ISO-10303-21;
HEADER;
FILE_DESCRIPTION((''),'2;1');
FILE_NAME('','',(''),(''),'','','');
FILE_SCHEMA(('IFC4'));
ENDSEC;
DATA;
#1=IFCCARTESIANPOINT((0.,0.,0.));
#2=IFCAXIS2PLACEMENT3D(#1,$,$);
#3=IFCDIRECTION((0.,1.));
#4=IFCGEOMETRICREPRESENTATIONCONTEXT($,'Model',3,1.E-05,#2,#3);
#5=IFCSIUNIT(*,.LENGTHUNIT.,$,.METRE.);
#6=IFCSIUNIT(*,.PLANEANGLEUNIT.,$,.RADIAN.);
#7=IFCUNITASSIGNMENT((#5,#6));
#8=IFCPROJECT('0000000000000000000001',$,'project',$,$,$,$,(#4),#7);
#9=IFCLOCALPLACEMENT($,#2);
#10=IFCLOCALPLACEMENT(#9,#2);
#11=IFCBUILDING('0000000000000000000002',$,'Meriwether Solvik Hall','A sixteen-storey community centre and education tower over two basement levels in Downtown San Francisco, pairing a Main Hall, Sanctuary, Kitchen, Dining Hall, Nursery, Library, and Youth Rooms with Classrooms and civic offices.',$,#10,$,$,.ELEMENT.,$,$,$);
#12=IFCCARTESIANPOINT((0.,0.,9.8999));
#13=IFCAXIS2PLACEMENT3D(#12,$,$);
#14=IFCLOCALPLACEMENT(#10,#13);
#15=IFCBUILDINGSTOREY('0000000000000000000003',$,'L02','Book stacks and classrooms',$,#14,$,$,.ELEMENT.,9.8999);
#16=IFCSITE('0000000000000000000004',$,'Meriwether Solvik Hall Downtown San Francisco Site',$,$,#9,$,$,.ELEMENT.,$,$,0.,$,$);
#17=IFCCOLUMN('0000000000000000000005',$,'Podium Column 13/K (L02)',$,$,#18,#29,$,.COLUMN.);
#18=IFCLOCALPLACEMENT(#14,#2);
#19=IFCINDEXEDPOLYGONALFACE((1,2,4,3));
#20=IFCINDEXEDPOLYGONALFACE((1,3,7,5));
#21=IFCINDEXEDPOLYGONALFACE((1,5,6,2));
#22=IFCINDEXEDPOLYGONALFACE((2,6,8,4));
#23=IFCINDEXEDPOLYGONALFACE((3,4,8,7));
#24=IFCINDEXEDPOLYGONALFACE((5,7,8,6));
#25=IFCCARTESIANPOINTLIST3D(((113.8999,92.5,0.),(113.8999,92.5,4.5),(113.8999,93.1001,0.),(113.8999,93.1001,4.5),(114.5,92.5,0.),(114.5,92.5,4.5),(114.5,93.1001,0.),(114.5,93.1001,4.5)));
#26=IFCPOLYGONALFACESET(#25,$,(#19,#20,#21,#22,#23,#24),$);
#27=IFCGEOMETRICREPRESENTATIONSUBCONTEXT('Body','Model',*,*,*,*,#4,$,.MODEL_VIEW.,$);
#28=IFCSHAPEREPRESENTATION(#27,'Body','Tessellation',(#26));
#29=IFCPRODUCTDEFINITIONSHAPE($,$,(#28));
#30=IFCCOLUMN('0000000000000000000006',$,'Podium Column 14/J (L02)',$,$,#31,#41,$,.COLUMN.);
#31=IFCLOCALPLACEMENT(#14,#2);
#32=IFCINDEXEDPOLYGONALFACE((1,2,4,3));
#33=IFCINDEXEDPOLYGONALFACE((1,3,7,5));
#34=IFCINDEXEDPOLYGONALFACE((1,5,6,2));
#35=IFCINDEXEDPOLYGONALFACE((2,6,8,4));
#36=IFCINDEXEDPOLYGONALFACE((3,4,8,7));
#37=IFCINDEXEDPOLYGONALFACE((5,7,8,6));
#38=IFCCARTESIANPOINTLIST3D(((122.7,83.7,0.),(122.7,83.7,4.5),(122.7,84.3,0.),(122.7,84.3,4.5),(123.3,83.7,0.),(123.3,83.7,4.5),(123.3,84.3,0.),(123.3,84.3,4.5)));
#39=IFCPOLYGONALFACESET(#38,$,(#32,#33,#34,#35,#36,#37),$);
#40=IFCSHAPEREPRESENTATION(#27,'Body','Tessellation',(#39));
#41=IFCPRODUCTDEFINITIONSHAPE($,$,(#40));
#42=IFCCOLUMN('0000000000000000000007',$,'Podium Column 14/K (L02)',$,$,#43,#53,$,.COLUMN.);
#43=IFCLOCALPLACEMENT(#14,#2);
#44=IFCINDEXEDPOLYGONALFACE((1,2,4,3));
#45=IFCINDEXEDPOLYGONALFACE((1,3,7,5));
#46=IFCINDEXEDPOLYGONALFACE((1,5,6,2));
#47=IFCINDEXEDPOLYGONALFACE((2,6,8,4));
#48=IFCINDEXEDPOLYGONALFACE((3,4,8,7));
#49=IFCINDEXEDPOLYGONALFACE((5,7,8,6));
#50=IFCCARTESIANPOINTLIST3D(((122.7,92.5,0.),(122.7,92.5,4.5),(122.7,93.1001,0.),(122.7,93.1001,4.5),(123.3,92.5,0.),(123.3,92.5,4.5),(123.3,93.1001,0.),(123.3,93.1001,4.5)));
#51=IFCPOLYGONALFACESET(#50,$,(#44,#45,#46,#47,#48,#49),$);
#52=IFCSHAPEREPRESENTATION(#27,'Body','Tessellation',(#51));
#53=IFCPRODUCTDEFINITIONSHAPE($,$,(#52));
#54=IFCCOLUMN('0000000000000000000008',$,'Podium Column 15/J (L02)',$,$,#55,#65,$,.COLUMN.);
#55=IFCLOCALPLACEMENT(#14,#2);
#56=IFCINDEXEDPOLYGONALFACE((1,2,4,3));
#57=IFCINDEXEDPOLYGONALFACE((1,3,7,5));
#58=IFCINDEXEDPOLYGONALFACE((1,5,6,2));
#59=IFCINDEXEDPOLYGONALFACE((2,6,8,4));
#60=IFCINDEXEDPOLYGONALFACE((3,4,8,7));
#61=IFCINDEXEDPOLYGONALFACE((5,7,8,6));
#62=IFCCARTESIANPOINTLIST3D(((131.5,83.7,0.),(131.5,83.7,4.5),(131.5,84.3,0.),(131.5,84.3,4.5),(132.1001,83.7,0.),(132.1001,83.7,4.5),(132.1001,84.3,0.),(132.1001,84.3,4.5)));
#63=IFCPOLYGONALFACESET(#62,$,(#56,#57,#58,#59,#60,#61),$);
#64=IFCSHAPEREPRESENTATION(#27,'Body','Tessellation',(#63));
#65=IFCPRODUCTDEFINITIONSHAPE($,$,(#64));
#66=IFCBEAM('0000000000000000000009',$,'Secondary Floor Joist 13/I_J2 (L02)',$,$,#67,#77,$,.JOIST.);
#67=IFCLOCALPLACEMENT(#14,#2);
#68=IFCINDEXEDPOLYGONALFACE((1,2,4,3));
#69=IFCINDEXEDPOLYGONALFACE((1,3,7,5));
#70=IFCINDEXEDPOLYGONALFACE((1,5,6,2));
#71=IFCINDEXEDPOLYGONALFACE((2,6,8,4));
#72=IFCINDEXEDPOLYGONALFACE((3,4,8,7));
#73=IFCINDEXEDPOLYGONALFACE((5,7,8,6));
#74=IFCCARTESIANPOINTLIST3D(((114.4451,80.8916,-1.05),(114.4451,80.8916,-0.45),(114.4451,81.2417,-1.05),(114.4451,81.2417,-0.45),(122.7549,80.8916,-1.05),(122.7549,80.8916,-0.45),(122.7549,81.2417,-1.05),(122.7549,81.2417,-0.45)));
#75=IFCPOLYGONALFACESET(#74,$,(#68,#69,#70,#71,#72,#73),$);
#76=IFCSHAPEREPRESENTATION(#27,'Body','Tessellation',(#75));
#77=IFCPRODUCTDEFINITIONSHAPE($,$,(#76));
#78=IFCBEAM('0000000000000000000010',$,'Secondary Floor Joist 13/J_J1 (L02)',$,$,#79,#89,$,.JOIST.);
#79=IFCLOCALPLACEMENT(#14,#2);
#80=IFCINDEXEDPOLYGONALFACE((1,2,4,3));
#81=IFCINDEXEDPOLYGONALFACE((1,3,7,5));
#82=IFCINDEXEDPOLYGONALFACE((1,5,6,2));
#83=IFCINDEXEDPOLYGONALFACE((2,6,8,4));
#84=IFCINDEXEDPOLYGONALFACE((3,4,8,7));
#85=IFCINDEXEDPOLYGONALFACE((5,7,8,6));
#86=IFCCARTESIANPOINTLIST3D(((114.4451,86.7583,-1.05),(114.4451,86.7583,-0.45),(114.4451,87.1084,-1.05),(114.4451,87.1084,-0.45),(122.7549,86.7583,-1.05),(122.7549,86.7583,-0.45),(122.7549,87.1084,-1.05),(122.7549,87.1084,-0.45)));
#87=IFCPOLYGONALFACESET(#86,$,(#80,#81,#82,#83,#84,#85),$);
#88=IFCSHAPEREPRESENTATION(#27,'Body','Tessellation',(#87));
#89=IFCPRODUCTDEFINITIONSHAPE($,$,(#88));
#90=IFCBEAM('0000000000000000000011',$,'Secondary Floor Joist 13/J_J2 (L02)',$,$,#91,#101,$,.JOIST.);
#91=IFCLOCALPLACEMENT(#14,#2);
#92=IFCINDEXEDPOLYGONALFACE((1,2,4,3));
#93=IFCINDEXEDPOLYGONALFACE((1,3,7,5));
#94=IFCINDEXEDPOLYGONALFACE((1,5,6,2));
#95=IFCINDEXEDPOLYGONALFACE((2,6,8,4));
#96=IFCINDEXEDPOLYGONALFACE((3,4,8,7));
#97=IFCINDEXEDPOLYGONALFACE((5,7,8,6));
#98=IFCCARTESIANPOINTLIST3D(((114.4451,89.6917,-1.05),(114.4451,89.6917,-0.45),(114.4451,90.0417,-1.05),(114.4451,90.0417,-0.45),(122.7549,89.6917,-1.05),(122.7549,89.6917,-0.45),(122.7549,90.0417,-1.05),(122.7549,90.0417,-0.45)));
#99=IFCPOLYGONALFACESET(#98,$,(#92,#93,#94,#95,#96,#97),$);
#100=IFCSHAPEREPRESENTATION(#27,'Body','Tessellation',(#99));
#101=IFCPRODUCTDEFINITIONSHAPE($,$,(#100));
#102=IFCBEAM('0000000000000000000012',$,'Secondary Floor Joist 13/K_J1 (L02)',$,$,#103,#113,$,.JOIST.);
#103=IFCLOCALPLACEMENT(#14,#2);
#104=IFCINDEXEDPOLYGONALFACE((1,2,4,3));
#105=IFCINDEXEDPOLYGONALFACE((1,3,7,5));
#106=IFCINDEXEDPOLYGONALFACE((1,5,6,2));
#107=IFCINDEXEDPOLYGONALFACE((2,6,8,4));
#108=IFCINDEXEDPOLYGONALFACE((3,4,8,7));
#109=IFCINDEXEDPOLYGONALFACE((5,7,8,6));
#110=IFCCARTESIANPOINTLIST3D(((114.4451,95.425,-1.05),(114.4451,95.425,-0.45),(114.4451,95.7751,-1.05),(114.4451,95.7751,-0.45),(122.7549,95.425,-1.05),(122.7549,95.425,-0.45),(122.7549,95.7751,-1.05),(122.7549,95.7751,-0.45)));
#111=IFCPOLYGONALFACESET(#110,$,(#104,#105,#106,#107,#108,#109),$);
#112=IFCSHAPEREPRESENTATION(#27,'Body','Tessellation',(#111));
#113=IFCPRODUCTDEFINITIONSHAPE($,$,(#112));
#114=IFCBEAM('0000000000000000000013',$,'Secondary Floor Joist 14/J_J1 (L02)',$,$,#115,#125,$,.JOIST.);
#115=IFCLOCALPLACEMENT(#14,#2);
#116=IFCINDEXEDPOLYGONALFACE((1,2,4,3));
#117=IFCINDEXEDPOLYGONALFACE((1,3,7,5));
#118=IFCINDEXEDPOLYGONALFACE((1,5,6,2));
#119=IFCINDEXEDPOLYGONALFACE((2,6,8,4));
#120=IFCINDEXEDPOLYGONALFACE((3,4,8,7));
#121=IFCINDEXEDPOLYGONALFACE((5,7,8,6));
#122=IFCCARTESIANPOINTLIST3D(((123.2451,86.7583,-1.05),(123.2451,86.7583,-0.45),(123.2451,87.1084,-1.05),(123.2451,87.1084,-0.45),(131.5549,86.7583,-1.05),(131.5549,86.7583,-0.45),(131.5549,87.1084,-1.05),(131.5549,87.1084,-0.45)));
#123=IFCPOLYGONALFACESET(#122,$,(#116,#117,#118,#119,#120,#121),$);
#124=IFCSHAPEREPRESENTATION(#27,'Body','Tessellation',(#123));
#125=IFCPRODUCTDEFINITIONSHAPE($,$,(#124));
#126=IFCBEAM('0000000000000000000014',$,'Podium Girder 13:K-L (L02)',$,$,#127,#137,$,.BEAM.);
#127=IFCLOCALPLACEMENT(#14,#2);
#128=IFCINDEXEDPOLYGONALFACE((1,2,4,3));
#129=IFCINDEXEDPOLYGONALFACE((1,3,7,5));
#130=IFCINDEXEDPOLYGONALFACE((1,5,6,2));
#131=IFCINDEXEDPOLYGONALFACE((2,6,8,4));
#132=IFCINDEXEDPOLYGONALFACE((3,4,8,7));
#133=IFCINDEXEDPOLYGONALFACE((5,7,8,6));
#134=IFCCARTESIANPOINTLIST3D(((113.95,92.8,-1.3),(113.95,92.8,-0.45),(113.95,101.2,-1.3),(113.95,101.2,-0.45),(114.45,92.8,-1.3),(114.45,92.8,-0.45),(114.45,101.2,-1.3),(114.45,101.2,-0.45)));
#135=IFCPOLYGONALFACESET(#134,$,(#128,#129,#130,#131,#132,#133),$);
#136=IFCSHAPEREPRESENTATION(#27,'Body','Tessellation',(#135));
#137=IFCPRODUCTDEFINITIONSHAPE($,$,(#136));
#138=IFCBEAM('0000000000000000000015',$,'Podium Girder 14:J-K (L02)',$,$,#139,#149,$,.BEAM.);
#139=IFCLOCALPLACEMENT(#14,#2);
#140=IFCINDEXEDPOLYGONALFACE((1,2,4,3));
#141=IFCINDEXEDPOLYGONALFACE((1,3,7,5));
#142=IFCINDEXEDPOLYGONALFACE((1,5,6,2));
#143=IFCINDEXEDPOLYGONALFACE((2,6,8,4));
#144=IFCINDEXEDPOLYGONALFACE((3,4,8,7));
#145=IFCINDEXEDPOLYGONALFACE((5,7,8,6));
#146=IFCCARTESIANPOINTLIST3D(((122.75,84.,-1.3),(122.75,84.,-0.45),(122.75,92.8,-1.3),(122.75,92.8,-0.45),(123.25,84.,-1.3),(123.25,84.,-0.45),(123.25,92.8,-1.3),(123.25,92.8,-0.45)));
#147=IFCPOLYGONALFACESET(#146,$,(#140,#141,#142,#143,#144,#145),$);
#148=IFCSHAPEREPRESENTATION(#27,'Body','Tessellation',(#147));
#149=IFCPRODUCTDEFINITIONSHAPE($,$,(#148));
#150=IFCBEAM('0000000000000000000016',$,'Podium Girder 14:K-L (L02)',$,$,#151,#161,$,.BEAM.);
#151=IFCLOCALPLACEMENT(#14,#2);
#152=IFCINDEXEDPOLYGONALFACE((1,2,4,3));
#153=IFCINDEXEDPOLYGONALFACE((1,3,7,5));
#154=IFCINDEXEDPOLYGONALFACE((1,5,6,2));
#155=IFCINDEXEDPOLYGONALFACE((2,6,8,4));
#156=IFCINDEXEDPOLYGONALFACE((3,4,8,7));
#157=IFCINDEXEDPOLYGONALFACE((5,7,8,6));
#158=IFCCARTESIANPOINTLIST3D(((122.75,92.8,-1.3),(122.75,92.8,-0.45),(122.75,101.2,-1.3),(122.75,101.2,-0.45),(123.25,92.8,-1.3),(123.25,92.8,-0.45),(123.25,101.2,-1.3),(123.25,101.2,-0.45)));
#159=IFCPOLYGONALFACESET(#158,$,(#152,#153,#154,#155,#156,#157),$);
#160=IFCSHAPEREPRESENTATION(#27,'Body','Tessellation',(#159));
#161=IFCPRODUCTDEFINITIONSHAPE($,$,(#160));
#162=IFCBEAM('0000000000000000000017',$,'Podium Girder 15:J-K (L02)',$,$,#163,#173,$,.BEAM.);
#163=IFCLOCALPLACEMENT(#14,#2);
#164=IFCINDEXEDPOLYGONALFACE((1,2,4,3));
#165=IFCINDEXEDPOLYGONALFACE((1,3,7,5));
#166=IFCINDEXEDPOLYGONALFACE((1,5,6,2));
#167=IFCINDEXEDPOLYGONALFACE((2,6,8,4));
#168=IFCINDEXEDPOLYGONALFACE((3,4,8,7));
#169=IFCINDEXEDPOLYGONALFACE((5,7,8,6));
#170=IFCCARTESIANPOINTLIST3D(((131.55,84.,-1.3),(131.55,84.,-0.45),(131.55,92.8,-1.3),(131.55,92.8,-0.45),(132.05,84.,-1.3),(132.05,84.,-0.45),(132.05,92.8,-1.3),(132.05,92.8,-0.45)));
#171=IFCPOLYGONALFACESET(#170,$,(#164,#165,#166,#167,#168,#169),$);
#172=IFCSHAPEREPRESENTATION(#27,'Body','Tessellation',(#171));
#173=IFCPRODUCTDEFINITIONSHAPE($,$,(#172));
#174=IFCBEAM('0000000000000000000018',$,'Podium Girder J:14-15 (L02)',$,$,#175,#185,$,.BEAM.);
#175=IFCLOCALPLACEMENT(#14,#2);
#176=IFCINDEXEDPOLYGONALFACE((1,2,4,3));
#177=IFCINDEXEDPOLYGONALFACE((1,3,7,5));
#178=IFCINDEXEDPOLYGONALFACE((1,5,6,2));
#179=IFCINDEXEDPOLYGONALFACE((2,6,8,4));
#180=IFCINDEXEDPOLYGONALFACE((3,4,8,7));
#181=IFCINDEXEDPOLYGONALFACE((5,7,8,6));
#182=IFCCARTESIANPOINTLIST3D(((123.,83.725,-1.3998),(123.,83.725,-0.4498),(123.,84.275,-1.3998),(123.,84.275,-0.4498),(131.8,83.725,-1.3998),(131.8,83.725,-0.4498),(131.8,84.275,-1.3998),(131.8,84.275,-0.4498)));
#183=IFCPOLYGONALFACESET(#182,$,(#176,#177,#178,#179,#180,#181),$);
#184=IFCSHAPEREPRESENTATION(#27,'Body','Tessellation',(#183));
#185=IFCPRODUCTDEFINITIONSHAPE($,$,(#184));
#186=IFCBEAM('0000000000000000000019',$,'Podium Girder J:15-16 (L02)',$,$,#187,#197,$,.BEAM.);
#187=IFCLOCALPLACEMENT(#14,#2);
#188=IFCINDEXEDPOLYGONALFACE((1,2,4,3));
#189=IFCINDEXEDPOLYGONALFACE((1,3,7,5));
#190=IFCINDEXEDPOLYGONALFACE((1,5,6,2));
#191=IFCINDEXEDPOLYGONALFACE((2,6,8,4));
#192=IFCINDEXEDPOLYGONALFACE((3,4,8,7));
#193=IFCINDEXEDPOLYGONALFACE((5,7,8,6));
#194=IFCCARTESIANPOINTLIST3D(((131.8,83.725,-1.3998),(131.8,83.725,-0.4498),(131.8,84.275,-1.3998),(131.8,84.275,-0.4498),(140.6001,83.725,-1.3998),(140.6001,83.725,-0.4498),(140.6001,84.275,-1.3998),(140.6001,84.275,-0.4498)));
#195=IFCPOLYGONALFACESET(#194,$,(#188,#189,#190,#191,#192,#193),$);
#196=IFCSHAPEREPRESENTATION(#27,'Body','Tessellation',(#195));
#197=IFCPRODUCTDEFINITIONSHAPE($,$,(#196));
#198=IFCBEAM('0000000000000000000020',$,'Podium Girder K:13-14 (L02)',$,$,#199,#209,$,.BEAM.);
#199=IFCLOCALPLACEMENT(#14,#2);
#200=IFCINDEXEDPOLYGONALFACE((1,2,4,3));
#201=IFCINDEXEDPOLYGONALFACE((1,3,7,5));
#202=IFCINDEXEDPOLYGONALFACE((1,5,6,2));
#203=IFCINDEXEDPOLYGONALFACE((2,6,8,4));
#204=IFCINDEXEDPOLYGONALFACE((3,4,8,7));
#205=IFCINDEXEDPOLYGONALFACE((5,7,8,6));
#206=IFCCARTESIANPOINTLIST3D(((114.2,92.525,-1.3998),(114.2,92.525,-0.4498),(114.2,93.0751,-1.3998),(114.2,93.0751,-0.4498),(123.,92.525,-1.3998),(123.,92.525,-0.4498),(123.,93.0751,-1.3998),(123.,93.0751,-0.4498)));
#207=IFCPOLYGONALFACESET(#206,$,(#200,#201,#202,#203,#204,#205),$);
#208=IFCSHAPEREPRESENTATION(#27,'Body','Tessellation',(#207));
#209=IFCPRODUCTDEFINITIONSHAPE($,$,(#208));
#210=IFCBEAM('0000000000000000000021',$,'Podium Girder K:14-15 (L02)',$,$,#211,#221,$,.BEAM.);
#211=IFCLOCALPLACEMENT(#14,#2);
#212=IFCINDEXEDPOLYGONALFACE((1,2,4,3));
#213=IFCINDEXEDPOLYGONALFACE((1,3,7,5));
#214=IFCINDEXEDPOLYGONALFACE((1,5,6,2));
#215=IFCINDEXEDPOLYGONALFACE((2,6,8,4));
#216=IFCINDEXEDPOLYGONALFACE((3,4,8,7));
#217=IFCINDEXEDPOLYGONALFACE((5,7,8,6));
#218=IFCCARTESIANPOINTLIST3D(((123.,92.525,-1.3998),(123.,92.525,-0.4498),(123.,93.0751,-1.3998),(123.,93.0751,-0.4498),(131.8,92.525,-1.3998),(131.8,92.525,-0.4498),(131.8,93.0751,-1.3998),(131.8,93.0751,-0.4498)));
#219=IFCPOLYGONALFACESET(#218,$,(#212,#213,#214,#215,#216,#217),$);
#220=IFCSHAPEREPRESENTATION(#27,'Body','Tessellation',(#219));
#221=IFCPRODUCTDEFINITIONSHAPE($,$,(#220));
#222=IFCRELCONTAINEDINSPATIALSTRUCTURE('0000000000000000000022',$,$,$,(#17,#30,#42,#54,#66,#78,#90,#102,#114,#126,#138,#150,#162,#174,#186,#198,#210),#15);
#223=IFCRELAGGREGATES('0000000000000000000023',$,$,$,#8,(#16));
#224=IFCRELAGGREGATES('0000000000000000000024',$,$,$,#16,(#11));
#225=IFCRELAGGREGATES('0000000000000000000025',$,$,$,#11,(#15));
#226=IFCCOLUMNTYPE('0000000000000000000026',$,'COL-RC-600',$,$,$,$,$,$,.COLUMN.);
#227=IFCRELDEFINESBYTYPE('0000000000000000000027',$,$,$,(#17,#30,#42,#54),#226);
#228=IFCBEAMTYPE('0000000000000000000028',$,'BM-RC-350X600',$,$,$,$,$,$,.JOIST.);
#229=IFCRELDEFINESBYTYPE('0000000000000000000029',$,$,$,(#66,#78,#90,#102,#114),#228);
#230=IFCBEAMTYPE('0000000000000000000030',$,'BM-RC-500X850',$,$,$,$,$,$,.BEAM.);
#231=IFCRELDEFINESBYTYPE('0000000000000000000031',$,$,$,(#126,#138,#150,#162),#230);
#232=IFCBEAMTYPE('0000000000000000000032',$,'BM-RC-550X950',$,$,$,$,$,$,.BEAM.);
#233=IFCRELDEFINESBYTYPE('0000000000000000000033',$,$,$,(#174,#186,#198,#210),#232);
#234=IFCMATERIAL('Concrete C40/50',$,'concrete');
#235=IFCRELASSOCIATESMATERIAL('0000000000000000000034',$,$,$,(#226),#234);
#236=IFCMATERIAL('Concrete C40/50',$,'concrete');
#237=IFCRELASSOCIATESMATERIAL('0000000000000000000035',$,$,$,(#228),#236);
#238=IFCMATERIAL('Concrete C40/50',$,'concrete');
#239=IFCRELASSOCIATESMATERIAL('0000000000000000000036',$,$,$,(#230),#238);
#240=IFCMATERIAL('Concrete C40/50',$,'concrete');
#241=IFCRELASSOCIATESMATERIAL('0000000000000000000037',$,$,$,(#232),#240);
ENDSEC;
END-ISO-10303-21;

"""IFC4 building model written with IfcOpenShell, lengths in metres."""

from ifc_helpers import new_model, si_unit, direction, frame, origin, origin_2d, place, context, subcontext, project, spatial, rectangle, extrude, material, material_profile, profile_set, type_object, element, save


model = new_model("IFC4")

# Units and contexts
model_context = context("Model", 3, precision=1e-05, world=origin(), true_north=direction((0.0, 1.0)))
body_context = subcontext(model_context, "Body", "Model", "MODEL_VIEW")
ifc_project = project(units=[si_unit("LENGTHUNIT", "METRE"), si_unit("PLANEANGLEUNIT", "RADIAN")], contexts=[model_context])

# Site, building, storey
site_placement = place(None, origin())
site = spatial("IfcSite", under=ifc_project, at=site_placement, Name="Meriwether Solvik Hall Downtown San Francisco Site", CompositionType="ELEMENT", RefElevation=0.0)
building_placement = place(site_placement, origin())
building = spatial("IfcBuilding", under=site, at=building_placement, Name="Meriwether Solvik Hall", Description="A sixteen-storey community centre and education tower over two basement levels in Downtown San Francisco, pairing a Main Hall, Sanctuary, Kitchen, Dining Hall, Nursery, Library, and Youth Rooms with Classrooms and civic offices.", CompositionType="ELEMENT")
storey_placement = place(building_placement, frame((0.0, 0.0, 9.8999)))
storey = spatial("IfcBuildingStorey", under=building, at=storey_placement, Name="L02", Description="Book stacks and classrooms", CompositionType="ELEMENT", Elevation=9.8999)

# Columns
ifc_material_1 = material(Name="Concrete C40/50", Category="concrete")
ifc_material_profile_1 = material_profile(ifc_material_1, rectangle(XDim=0.6001, YDim=0.6001, at=origin_2d()), Name="RCC-600X600")
ifc_profile_set_1 = profile_set([ifc_material_profile_1], Name="Concrete C40/50")
column_type = type_object("IfcColumnType", Name="COL-RC-600", PredefinedType="COLUMN", material=ifc_profile_set_1)
for number, where, z_axis, x_axis, name in (
    (1, (114.2, 92.8, 0.0), (0.0, 0.0, 1.0), (1.0, 0.0, 0.0), "Podium Column 13/K (L02)"),
    (2, (123.0, 84.0, 0.0), (0.0, 0.0, 1.0), (1.0, 0.0, 0.0), "Podium Column 14/J (L02)"),
    (3, (123.0, 92.8, 0.0), (0.0, 0.0, 1.0), (1.0, 0.0, 0.0), "Podium Column 14/K (L02)"),
    (4, (131.8, 84.0, 0.0), (0.0, 0.0, 1.0), (1.0, 0.0, 0.0), "Podium Column 15/J (L02)"),
):
    element("IfcColumn", number, at=place(storey_placement, frame(where, z_axis=z_axis, x_axis=x_axis)), inside=storey, type_object=column_type, Name=name, PredefinedType="COLUMN", context=body_context, shape_type="SweptSolid", body=[
        extrude(rectangle(XDim=0.6001, YDim=0.6001, at=origin_2d()), origin(), (0.0, 0.0, 1.0), 4.5),
    ])

# Beams
ifc_material_2 = material(Name="Concrete C40/50", Category="concrete")
ifc_material_profile_2 = material_profile(ifc_material_2, rectangle(XDim=0.3501, YDim=0.6001, at=origin_2d()), Name="RCB-350X600")
ifc_profile_set_2 = profile_set([ifc_material_profile_2], Name="Concrete C40/50")
beam_type_1 = type_object("IfcBeamType", Name="BM-RC-350X600", PredefinedType="JOIST", material=ifc_profile_set_2)
for number, where, z_axis, x_axis, name in (
    (5, (114.4451, 81.0667, -0.75), (1.0, 0.0, 0.0), (0.0, 1.0, 0.0), "Secondary Floor Joist 13/I_J2 (L02)"),
    (6, (114.4451, 86.9333, -0.75), (1.0, 0.0, 0.0), (0.0, 1.0, 0.0), "Secondary Floor Joist 13/J_J1 (L02)"),
    (7, (114.4451, 89.8667, -0.75), (1.0, 0.0, 0.0), (0.0, 1.0, 0.0), "Secondary Floor Joist 13/J_J2 (L02)"),
    (8, (114.4451, 95.6001, -0.75), (1.0, 0.0, 0.0), (0.0, 1.0, 0.0), "Secondary Floor Joist 13/K_J1 (L02)"),
    (9, (123.2451, 86.9333, -0.75), (1.0, 0.0, 0.0), (0.0, 1.0, 0.0), "Secondary Floor Joist 14/J_J1 (L02)"),
):
    element("IfcBeam", number, at=place(storey_placement, frame(where, z_axis=z_axis, x_axis=x_axis)), inside=storey, type_object=beam_type_1, Name=name, PredefinedType="JOIST", context=body_context, shape_type="SweptSolid", body=[
        extrude(rectangle(XDim=0.3501, YDim=0.6001, at=origin_2d()), origin(), (0.0, 0.0, 1.0), 8.3098),
    ])
ifc_material_3 = material(Name="Concrete C40/50", Category="concrete")
ifc_material_profile_3 = material_profile(ifc_material_3, rectangle(XDim=0.5, YDim=0.8501, at=origin_2d()), Name="RCB-500X850")
ifc_profile_set_3 = profile_set([ifc_material_profile_3], Name="Concrete C40/50")
beam_type_2 = type_object("IfcBeamType", Name="BM-RC-500X850", PredefinedType="BEAM", material=ifc_profile_set_3)
beam_1_placement = place(storey_placement, frame((114.2, 92.8, -0.875), z_axis=(0.0, 1.0, 0.0), x_axis=(-1.0, 0.0, 0.0)))
element("IfcBeam", 10, at=beam_1_placement, inside=storey, type_object=beam_type_2, Name="Podium Girder 13:K-L (L02)", PredefinedType="BEAM", context=body_context, shape_type="SweptSolid", body=[
    extrude(rectangle(XDim=0.5, YDim=0.8501, at=origin_2d()), origin(), (0.0, 0.0, 1.0), 8.3999),
])
beam_2_placement = place(storey_placement, frame((123.0, 84.0, -0.875), z_axis=(0.0, 1.0, 0.0), x_axis=(-1.0, 0.0, 0.0)))
element("IfcBeam", 11, at=beam_2_placement, inside=storey, type_object=beam_type_2, Name="Podium Girder 14:J-K (L02)", PredefinedType="BEAM", context=body_context, shape_type="SweptSolid", body=[
    extrude(rectangle(XDim=0.5, YDim=0.8501, at=origin_2d()), origin(), (0.0, 0.0, 1.0), 8.8),
])
beam_3_placement = place(storey_placement, frame((123.0, 92.8, -0.875), z_axis=(0.0, 1.0, 0.0), x_axis=(-1.0, 0.0, 0.0)))
element("IfcBeam", 12, at=beam_3_placement, inside=storey, type_object=beam_type_2, Name="Podium Girder 14:K-L (L02)", PredefinedType="BEAM", context=body_context, shape_type="SweptSolid", body=[
    extrude(rectangle(XDim=0.5, YDim=0.8501, at=origin_2d()), origin(), (0.0, 0.0, 1.0), 8.3999),
])
beam_4_placement = place(storey_placement, frame((131.8, 84.0, -0.875), z_axis=(0.0, 1.0, 0.0), x_axis=(-1.0, 0.0, 0.0)))
element("IfcBeam", 13, at=beam_4_placement, inside=storey, type_object=beam_type_2, Name="Podium Girder 15:J-K (L02)", PredefinedType="BEAM", context=body_context, shape_type="SweptSolid", body=[
    extrude(rectangle(XDim=0.5, YDim=0.8501, at=origin_2d()), origin(), (0.0, 0.0, 1.0), 8.8),
])
ifc_material_4 = material(Name="Concrete C40/50", Category="concrete")
ifc_material_profile_4 = material_profile(ifc_material_4, rectangle(XDim=0.55, YDim=0.95, at=origin_2d()), Name="RCB-550X950")
ifc_profile_set_4 = profile_set([ifc_material_profile_4], Name="Concrete C40/50")
beam_type_3 = type_object("IfcBeamType", Name="BM-RC-550X950", PredefinedType="BEAM", material=ifc_profile_set_4)
for number, where, z_axis, x_axis, name in (
    (14, (123.0, 84.0, -0.9248), (1.0, 0.0, 0.0), (0.0, 1.0, 0.0), "Podium Girder J:14-15 (L02)"),
    (15, (131.8, 84.0, -0.9248), (1.0, 0.0, 0.0), (0.0, 1.0, 0.0), "Podium Girder J:15-16 (L02)"),
    (16, (114.2, 92.8, -0.9248), (1.0, 0.0, 0.0), (0.0, 1.0, 0.0), "Podium Girder K:13-14 (L02)"),
    (17, (123.0, 92.8, -0.9248), (1.0, 0.0, 0.0), (0.0, 1.0, 0.0), "Podium Girder K:14-15 (L02)"),
):
    element("IfcBeam", number, at=place(storey_placement, frame(where, z_axis=z_axis, x_axis=x_axis)), inside=storey, type_object=beam_type_3, Name=name, PredefinedType="BEAM", context=body_context, shape_type="SweptSolid", body=[
        extrude(rectangle(XDim=0.55, YDim=0.95, at=origin_2d()), origin(), (0.0, 0.0, 1.0), 8.8),
    ])

save(model, "model.ifc")
